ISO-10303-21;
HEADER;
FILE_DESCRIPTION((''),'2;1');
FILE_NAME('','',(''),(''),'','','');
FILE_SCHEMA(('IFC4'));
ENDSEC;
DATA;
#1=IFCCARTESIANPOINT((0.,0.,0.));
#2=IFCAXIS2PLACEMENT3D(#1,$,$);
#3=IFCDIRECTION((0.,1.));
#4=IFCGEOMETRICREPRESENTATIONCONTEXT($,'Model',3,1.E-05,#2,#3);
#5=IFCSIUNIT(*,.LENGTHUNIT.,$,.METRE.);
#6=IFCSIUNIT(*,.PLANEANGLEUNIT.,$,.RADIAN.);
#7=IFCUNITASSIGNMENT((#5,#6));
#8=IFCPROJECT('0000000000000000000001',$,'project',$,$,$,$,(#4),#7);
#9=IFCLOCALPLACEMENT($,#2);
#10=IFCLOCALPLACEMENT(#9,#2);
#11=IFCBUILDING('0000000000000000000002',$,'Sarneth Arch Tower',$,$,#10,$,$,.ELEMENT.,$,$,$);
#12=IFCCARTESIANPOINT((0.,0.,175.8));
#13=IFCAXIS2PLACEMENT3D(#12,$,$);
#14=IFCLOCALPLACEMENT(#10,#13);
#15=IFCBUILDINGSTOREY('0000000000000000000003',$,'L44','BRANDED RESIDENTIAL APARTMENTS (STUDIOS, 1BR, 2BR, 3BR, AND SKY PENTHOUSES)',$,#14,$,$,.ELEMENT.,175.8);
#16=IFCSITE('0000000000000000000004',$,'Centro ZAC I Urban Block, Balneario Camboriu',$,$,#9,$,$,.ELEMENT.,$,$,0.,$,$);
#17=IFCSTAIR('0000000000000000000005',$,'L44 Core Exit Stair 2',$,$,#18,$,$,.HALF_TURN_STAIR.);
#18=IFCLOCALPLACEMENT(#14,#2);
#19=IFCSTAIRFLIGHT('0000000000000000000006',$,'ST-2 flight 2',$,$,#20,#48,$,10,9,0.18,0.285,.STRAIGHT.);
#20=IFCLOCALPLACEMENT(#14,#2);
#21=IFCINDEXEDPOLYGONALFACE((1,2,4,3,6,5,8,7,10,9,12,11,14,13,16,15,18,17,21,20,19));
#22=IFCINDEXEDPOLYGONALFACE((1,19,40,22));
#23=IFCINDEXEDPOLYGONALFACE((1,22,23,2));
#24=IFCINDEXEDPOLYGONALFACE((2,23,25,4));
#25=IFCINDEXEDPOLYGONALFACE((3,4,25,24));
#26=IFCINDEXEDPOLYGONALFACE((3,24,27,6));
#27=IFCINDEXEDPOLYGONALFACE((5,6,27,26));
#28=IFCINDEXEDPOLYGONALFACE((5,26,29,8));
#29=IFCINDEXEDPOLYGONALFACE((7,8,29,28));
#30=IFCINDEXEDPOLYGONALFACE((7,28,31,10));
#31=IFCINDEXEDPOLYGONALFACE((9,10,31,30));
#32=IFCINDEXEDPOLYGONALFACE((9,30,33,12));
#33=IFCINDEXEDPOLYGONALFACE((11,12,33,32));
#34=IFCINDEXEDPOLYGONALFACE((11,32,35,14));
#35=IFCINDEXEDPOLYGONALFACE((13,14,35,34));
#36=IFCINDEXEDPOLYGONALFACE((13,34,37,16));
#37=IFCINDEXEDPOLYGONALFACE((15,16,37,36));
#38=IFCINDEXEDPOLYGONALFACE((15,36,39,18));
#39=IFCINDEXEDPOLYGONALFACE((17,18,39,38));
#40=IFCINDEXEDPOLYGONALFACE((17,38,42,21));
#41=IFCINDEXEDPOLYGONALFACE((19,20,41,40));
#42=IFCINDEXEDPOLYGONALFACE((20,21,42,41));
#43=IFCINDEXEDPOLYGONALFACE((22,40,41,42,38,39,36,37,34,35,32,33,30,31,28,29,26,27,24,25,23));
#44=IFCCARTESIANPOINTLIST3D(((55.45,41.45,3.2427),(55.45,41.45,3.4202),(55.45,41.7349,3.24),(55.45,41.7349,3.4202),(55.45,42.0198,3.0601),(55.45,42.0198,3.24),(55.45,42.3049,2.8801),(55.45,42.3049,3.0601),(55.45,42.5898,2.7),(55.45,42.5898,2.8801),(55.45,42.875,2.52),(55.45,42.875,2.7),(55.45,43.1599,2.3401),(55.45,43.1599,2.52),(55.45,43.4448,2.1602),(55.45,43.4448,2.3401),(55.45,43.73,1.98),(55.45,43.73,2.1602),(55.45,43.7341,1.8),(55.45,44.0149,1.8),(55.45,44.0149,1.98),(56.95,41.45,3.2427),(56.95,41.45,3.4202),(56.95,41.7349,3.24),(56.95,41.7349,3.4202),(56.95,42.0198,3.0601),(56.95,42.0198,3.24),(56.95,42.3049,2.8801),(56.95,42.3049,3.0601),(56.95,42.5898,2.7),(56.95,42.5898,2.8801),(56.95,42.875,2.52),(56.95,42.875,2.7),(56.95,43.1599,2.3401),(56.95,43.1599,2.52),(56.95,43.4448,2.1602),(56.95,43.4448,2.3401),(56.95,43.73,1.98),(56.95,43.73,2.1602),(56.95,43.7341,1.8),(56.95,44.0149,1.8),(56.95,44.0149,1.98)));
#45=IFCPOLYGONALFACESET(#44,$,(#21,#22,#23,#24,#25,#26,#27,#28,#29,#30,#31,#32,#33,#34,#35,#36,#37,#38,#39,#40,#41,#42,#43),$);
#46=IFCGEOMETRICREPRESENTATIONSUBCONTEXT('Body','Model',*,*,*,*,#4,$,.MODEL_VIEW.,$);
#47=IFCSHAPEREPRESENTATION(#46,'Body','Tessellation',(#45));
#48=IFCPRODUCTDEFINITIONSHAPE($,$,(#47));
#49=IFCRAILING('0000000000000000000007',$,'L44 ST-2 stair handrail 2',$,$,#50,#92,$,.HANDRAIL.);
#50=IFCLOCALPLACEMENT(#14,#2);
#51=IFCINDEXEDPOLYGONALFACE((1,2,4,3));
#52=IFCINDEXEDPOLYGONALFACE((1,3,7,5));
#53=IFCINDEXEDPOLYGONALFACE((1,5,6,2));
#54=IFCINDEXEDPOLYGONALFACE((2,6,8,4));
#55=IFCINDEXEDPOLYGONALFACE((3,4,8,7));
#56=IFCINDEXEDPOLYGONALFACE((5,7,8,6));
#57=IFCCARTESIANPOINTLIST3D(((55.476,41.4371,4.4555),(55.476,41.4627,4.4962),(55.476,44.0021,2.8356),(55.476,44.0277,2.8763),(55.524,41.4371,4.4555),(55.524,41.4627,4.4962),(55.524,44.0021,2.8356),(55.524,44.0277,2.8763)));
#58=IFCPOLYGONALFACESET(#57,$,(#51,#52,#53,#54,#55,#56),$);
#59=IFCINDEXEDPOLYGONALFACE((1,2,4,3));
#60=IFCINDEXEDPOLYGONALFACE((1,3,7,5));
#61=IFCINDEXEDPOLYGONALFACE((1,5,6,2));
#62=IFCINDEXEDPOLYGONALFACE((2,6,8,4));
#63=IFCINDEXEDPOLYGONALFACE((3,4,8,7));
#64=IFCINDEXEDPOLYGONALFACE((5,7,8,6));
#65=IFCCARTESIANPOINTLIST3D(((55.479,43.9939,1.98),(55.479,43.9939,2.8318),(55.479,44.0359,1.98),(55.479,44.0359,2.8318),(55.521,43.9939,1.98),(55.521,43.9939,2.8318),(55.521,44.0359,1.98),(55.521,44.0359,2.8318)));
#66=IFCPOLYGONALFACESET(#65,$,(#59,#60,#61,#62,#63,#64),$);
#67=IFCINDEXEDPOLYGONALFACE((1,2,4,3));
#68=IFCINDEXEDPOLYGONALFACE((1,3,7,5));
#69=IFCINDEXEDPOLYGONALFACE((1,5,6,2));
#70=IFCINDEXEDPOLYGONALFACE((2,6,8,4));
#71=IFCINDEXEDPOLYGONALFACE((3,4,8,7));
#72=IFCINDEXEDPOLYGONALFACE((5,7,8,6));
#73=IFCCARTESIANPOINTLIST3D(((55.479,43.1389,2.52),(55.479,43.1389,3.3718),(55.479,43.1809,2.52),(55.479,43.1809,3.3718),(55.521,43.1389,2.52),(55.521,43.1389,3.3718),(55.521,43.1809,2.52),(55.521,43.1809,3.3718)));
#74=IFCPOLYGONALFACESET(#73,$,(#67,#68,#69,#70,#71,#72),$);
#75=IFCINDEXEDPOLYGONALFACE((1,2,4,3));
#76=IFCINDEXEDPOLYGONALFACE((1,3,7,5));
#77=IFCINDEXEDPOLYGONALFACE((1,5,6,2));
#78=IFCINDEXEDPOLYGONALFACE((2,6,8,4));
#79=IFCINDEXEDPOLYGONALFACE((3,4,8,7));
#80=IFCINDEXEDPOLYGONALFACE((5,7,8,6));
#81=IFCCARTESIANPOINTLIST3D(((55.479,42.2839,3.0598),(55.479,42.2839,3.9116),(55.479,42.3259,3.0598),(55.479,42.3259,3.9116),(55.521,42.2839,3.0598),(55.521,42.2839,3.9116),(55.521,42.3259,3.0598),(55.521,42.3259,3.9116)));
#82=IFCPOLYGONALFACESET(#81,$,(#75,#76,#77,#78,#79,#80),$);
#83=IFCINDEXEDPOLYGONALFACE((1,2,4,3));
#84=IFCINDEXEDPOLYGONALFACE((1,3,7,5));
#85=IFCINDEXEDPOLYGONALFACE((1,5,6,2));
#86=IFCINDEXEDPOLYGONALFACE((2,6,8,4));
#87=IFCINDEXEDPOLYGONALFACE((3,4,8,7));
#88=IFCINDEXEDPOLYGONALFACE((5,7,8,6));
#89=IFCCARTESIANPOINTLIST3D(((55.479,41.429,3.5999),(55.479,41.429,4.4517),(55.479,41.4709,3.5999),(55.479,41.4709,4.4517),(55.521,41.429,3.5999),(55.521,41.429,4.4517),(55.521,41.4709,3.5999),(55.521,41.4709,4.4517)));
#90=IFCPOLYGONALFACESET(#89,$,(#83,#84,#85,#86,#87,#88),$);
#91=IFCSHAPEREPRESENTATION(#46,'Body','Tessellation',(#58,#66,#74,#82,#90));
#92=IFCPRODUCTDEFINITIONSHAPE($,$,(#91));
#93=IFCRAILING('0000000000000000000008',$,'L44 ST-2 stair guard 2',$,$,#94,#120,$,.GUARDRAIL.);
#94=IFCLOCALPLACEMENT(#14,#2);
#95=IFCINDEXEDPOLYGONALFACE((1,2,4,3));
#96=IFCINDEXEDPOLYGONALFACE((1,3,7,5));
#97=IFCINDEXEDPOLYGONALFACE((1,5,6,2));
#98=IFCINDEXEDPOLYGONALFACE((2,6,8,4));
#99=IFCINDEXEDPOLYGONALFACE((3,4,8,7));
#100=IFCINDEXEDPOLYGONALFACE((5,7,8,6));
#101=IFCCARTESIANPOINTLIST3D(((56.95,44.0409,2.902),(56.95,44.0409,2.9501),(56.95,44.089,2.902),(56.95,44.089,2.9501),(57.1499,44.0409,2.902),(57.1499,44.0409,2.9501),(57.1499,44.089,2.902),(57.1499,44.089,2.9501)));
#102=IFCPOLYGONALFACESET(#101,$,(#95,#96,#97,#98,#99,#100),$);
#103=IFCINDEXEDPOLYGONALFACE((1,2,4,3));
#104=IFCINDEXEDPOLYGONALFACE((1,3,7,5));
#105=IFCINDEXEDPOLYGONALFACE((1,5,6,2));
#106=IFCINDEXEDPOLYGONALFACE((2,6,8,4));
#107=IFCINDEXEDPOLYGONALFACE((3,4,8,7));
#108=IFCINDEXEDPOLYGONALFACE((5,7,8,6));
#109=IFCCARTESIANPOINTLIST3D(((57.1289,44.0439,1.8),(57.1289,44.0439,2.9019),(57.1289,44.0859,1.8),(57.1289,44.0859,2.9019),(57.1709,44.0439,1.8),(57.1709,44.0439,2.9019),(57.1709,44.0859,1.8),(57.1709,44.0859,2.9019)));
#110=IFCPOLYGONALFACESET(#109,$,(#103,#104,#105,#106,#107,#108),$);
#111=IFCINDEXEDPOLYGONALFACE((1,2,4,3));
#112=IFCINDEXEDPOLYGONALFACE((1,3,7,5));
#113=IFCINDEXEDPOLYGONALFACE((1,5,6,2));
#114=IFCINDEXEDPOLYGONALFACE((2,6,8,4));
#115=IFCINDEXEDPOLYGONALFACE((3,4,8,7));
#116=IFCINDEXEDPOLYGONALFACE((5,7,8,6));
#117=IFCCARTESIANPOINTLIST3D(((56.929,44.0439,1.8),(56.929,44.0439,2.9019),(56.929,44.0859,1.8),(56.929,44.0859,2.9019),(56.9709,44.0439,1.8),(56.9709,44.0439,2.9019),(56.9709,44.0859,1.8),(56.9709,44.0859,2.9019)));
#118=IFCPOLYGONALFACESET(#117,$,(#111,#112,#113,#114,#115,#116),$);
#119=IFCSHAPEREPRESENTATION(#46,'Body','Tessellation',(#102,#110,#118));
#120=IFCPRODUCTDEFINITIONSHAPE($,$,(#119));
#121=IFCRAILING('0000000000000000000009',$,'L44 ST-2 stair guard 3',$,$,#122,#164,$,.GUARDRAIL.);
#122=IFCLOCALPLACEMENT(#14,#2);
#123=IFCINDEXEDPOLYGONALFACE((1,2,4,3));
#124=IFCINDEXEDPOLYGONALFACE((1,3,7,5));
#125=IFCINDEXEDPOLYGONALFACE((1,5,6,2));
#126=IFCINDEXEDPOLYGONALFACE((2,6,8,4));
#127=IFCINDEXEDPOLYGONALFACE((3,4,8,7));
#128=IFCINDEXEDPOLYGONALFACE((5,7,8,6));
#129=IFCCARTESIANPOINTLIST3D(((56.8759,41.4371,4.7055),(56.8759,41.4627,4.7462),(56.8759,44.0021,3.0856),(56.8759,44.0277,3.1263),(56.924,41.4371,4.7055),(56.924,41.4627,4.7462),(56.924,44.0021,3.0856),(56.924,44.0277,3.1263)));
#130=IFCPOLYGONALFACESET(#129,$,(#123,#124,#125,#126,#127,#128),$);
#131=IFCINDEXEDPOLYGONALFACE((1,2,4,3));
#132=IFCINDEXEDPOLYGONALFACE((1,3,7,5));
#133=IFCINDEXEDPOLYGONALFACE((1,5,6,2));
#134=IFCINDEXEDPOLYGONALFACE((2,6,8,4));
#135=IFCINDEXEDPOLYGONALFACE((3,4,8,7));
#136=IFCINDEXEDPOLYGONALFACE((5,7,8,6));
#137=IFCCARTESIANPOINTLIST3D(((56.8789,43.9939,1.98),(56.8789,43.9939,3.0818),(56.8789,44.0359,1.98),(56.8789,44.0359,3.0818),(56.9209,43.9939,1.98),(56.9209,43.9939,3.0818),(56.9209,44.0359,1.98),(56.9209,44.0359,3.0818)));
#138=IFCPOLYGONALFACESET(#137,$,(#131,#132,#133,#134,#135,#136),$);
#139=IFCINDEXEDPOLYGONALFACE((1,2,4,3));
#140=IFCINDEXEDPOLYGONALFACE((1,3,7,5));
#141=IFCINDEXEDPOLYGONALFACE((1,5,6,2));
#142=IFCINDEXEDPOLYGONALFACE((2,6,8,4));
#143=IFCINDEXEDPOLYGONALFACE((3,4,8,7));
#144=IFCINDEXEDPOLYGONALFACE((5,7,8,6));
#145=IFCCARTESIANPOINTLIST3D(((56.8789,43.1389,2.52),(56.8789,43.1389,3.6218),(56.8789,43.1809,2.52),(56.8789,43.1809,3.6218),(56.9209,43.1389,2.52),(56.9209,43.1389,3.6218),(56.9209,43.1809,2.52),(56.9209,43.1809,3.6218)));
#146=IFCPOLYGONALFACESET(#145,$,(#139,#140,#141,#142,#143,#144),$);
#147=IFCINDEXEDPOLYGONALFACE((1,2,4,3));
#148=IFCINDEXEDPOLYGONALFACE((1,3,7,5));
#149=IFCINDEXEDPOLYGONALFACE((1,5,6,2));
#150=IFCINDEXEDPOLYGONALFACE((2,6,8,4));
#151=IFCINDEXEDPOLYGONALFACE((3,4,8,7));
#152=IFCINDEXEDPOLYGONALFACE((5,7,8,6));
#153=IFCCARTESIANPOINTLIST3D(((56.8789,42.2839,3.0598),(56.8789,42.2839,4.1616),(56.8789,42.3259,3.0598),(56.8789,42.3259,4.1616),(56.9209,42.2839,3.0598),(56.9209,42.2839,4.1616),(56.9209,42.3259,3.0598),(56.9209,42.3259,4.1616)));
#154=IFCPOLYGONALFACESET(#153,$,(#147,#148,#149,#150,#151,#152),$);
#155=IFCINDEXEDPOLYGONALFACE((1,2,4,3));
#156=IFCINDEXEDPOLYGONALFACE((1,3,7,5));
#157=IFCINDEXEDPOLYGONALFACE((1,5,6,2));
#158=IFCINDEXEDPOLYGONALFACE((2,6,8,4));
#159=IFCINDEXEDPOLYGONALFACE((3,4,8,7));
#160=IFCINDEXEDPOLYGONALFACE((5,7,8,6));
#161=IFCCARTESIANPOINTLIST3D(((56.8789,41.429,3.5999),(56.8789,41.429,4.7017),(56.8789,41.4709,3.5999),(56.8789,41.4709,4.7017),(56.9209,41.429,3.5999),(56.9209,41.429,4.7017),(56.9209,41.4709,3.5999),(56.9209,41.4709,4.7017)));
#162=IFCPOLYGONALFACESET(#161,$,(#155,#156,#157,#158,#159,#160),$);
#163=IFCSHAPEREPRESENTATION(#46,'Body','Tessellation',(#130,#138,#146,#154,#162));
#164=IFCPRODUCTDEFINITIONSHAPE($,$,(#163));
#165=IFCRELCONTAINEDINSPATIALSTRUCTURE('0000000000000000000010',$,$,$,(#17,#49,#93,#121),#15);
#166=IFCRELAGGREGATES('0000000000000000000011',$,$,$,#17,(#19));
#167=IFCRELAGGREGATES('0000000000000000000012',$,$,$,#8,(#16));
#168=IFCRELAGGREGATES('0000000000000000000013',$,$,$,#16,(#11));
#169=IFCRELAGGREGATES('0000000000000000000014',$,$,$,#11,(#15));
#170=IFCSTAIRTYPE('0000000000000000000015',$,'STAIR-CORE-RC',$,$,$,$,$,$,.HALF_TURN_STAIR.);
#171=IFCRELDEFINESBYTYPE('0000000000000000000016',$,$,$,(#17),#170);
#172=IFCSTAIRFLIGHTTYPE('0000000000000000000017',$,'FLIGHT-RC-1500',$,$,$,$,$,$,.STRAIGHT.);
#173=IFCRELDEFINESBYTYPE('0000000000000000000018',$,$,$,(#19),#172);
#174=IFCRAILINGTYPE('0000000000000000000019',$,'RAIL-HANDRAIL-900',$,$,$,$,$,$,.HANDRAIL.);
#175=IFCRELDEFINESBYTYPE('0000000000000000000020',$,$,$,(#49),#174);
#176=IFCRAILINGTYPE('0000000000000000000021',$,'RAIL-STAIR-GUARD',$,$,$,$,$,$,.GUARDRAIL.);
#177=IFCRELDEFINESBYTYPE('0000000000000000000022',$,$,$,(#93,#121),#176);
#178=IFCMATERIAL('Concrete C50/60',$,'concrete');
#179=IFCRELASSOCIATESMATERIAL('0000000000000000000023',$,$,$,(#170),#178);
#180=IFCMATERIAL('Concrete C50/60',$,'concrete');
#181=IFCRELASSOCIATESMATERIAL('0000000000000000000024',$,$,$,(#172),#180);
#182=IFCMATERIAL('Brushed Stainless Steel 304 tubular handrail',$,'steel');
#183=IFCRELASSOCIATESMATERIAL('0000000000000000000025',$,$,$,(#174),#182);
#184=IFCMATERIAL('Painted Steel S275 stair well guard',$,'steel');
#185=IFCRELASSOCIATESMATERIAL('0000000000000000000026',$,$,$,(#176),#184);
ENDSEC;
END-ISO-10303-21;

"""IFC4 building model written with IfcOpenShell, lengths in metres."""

from ifc_helpers import new_model, si_unit, direction, frame, origin, origin_2d, place, context, subcontext, project, spatial, polyline, rectangle, outline, extrude, material, type_object, element, aggregate, save


model = new_model("IFC4")

# Units and contexts
model_context = context("Model", 3, precision=1e-05, world=origin(), true_north=direction((0.0, 1.0)))
body_context = subcontext(model_context, "Body", "Model", "MODEL_VIEW")
ifc_project = project(units=[si_unit("LENGTHUNIT", "METRE"), si_unit("PLANEANGLEUNIT", "RADIAN")], contexts=[model_context])

# Site, building, storey
site_placement = place(None, origin())
site = spatial("IfcSite", under=ifc_project, at=site_placement, Name="Centro ZAC I Urban Block, Balneario Camboriu", CompositionType="ELEMENT", RefElevation=0.0)
building_placement = place(site_placement, origin())
building = spatial("IfcBuilding", under=site, at=building_placement, Name="Sarneth Arch Tower", CompositionType="ELEMENT")
storey_placement = place(building_placement, frame((0.0, 0.0, 175.8)))
storey = spatial("IfcBuildingStorey", under=building, at=storey_placement, Name="L44", Description="BRANDED RESIDENTIAL APARTMENTS (STUDIOS, 1BR, 2BR, 3BR, AND SKY PENTHOUSES)", CompositionType="ELEMENT", Elevation=175.8)

# Stair, stair flight
ifc_material_1 = material(Name="Concrete C50/60", Category="concrete")
stair_type = type_object("IfcStairType", Name="STAIR-CORE-RC", PredefinedType="HALF_TURN_STAIR", material=ifc_material_1)
stair_placement = place(storey_placement, origin())
stair = element("IfcStair", 1, at=stair_placement, inside=storey, type_object=stair_type, Name="L44 Core Exit Stair 2", PredefinedType="HALF_TURN_STAIR")
ifc_material_2 = material(Name="Concrete C50/60", Category="concrete")
stair_flight_type = type_object("IfcStairFlightType", Name="FLIGHT-RC-1500", PredefinedType="STRAIGHT", material=ifc_material_2)
stair_flight_placement = place(storey_placement, frame((56.2, 44.0149, 1.8), z_axis=(0.0, 0.0, 1.0), x_axis=(0.0, -1.0, 0.0)))
stair_flight = element("IfcStairFlight", 2, at=stair_flight_placement, type_object=stair_flight_type, Name="ST-2 flight 2", NumberOfRisers=10, NumberOfTreads=9, PredefinedType="STRAIGHT", RiserHeight=0.18, TreadLength=0.285, context=body_context, shape_type="SweptSolid", body=[
    extrude(outline(polyline([(0.0, 0.0), (0.0, 0.1799), (0.2849, 0.1799), (0.2849, 0.3601), (0.5701, 0.3601), (0.5701, 0.54), (0.855, 0.54), (0.855, 0.72), (1.1399, 0.72), (1.1399, 0.8999), (1.425, 0.8999), (1.425, 1.0801), (1.71, 1.0801), (1.71, 1.26), (1.9951, 1.26), (1.9951, 1.4399), (2.28, 1.4399), (2.28, 1.6201), (2.5649, 1.6201), (2.5649, 1.8), (2.5649, 1.4426), (0.2808, 0.0), (0.0, 0.0)])), frame((0.0, 0.75, 0.0), z_axis=(0.0, -1.0, 0.0), x_axis=(1.0, 0.0, 0.0)), (0.0, 0.0, 1.0), 1.5),
])
aggregate(stair, [stair_flight])

# Railings
ifc_material_3 = material(Name="Brushed Stainless Steel 304 tubular handrail", Category="steel")
railing_type_1 = type_object("IfcRailingType", Name="RAIL-HANDRAIL-900", PredefinedType="HANDRAIL", material=ifc_material_3)
railing_1_placement = place(storey_placement, frame((55.5, 44.0149, 1.98)))
element("IfcRailing", 3, at=railing_1_placement, inside=storey, type_object=railing_type_1, Name="L44 ST-2 stair handrail 2", PredefinedType="HANDRAIL", context=body_context, shape_type="SweptSolid", body=[
    extrude(rectangle(XDim=0.0481, YDim=0.0481, at=origin_2d()), frame((0.0, 0.0, 0.876), z_axis=(0.0, -0.845502, 0.533972), x_axis=(1.0, 0.0, 0.0)), (0.0, 0.0, 1.0), 3.0337),
    extrude(rectangle(XDim=0.042, YDim=0.042, at=origin_2d()), origin(), (0.0, 0.0, 1.0), 0.8518),
    extrude(rectangle(XDim=0.042, YDim=0.042, at=origin_2d()), frame((0.0, -0.855, 0.54)), (0.0, 0.0, 1.0), 0.8518),
    extrude(rectangle(XDim=0.042, YDim=0.042, at=origin_2d()), frame((0.0, -1.71, 1.0798)), (0.0, 0.0, 1.0), 0.8518),
    extrude(rectangle(XDim=0.042, YDim=0.042, at=origin_2d()), frame((0.0, -2.5649, 1.6199)), (0.0, 0.0, 1.0), 0.8518),
])
ifc_material_4 = material(Name="Painted Steel S275 stair well guard", Category="steel")
railing_type_2 = type_object("IfcRailingType", Name="RAIL-STAIR-GUARD", PredefinedType="GUARDRAIL", material=ifc_material_4)
railing_2_placement = place(storey_placement, frame((57.1499, 44.0649, 1.8)))
element("IfcRailing", 4, at=railing_2_placement, inside=storey, type_object=railing_type_2, Name="L44 ST-2 stair guard 2", PredefinedType="GUARDRAIL", context=body_context, shape_type="SweptSolid", body=[
    extrude(rectangle(XDim=0.0481, YDim=0.0481, at=origin_2d()), frame((0.0, 0.0, 1.126), z_axis=(-1.0, 0.0, 0.0), x_axis=(0.0, -1.0, 0.0)), (0.0, 0.0, 1.0), 0.2),
    extrude(rectangle(XDim=0.042, YDim=0.042, at=origin_2d()), origin(), (0.0, 0.0, 1.0), 1.1018),
    extrude(rectangle(XDim=0.042, YDim=0.042, at=origin_2d()), frame((-0.2, 0.0, 0.0)), (0.0, 0.0, 1.0), 1.1018),
])
railing_3_placement = place(storey_placement, frame((56.8999, 44.0149, 1.98)))
element("IfcRailing", 5, at=railing_3_placement, inside=storey, type_object=railing_type_2, Name="L44 ST-2 stair guard 3", PredefinedType="GUARDRAIL", context=body_context, shape_type="SweptSolid", body=[
    extrude(rectangle(XDim=0.0481, YDim=0.0481, at=origin_2d()), frame((0.0, 0.0, 1.126), z_axis=(0.0, -0.845502, 0.533972), x_axis=(1.0, 0.0, 0.0)), (0.0, 0.0, 1.0), 3.0337),
    extrude(rectangle(XDim=0.042, YDim=0.042, at=origin_2d()), origin(), (0.0, 0.0, 1.0), 1.1018),
    extrude(rectangle(XDim=0.042, YDim=0.042, at=origin_2d()), frame((0.0, -0.855, 0.54)), (0.0, 0.0, 1.0), 1.1018),
    extrude(rectangle(XDim=0.042, YDim=0.042, at=origin_2d()), frame((0.0, -1.71, 1.0798)), (0.0, 0.0, 1.0), 1.1018),
    extrude(rectangle(XDim=0.042, YDim=0.042, at=origin_2d()), frame((0.0, -2.5649, 1.6199)), (0.0, 0.0, 1.0), 1.1018),
])

save(model, "model.ifc")
